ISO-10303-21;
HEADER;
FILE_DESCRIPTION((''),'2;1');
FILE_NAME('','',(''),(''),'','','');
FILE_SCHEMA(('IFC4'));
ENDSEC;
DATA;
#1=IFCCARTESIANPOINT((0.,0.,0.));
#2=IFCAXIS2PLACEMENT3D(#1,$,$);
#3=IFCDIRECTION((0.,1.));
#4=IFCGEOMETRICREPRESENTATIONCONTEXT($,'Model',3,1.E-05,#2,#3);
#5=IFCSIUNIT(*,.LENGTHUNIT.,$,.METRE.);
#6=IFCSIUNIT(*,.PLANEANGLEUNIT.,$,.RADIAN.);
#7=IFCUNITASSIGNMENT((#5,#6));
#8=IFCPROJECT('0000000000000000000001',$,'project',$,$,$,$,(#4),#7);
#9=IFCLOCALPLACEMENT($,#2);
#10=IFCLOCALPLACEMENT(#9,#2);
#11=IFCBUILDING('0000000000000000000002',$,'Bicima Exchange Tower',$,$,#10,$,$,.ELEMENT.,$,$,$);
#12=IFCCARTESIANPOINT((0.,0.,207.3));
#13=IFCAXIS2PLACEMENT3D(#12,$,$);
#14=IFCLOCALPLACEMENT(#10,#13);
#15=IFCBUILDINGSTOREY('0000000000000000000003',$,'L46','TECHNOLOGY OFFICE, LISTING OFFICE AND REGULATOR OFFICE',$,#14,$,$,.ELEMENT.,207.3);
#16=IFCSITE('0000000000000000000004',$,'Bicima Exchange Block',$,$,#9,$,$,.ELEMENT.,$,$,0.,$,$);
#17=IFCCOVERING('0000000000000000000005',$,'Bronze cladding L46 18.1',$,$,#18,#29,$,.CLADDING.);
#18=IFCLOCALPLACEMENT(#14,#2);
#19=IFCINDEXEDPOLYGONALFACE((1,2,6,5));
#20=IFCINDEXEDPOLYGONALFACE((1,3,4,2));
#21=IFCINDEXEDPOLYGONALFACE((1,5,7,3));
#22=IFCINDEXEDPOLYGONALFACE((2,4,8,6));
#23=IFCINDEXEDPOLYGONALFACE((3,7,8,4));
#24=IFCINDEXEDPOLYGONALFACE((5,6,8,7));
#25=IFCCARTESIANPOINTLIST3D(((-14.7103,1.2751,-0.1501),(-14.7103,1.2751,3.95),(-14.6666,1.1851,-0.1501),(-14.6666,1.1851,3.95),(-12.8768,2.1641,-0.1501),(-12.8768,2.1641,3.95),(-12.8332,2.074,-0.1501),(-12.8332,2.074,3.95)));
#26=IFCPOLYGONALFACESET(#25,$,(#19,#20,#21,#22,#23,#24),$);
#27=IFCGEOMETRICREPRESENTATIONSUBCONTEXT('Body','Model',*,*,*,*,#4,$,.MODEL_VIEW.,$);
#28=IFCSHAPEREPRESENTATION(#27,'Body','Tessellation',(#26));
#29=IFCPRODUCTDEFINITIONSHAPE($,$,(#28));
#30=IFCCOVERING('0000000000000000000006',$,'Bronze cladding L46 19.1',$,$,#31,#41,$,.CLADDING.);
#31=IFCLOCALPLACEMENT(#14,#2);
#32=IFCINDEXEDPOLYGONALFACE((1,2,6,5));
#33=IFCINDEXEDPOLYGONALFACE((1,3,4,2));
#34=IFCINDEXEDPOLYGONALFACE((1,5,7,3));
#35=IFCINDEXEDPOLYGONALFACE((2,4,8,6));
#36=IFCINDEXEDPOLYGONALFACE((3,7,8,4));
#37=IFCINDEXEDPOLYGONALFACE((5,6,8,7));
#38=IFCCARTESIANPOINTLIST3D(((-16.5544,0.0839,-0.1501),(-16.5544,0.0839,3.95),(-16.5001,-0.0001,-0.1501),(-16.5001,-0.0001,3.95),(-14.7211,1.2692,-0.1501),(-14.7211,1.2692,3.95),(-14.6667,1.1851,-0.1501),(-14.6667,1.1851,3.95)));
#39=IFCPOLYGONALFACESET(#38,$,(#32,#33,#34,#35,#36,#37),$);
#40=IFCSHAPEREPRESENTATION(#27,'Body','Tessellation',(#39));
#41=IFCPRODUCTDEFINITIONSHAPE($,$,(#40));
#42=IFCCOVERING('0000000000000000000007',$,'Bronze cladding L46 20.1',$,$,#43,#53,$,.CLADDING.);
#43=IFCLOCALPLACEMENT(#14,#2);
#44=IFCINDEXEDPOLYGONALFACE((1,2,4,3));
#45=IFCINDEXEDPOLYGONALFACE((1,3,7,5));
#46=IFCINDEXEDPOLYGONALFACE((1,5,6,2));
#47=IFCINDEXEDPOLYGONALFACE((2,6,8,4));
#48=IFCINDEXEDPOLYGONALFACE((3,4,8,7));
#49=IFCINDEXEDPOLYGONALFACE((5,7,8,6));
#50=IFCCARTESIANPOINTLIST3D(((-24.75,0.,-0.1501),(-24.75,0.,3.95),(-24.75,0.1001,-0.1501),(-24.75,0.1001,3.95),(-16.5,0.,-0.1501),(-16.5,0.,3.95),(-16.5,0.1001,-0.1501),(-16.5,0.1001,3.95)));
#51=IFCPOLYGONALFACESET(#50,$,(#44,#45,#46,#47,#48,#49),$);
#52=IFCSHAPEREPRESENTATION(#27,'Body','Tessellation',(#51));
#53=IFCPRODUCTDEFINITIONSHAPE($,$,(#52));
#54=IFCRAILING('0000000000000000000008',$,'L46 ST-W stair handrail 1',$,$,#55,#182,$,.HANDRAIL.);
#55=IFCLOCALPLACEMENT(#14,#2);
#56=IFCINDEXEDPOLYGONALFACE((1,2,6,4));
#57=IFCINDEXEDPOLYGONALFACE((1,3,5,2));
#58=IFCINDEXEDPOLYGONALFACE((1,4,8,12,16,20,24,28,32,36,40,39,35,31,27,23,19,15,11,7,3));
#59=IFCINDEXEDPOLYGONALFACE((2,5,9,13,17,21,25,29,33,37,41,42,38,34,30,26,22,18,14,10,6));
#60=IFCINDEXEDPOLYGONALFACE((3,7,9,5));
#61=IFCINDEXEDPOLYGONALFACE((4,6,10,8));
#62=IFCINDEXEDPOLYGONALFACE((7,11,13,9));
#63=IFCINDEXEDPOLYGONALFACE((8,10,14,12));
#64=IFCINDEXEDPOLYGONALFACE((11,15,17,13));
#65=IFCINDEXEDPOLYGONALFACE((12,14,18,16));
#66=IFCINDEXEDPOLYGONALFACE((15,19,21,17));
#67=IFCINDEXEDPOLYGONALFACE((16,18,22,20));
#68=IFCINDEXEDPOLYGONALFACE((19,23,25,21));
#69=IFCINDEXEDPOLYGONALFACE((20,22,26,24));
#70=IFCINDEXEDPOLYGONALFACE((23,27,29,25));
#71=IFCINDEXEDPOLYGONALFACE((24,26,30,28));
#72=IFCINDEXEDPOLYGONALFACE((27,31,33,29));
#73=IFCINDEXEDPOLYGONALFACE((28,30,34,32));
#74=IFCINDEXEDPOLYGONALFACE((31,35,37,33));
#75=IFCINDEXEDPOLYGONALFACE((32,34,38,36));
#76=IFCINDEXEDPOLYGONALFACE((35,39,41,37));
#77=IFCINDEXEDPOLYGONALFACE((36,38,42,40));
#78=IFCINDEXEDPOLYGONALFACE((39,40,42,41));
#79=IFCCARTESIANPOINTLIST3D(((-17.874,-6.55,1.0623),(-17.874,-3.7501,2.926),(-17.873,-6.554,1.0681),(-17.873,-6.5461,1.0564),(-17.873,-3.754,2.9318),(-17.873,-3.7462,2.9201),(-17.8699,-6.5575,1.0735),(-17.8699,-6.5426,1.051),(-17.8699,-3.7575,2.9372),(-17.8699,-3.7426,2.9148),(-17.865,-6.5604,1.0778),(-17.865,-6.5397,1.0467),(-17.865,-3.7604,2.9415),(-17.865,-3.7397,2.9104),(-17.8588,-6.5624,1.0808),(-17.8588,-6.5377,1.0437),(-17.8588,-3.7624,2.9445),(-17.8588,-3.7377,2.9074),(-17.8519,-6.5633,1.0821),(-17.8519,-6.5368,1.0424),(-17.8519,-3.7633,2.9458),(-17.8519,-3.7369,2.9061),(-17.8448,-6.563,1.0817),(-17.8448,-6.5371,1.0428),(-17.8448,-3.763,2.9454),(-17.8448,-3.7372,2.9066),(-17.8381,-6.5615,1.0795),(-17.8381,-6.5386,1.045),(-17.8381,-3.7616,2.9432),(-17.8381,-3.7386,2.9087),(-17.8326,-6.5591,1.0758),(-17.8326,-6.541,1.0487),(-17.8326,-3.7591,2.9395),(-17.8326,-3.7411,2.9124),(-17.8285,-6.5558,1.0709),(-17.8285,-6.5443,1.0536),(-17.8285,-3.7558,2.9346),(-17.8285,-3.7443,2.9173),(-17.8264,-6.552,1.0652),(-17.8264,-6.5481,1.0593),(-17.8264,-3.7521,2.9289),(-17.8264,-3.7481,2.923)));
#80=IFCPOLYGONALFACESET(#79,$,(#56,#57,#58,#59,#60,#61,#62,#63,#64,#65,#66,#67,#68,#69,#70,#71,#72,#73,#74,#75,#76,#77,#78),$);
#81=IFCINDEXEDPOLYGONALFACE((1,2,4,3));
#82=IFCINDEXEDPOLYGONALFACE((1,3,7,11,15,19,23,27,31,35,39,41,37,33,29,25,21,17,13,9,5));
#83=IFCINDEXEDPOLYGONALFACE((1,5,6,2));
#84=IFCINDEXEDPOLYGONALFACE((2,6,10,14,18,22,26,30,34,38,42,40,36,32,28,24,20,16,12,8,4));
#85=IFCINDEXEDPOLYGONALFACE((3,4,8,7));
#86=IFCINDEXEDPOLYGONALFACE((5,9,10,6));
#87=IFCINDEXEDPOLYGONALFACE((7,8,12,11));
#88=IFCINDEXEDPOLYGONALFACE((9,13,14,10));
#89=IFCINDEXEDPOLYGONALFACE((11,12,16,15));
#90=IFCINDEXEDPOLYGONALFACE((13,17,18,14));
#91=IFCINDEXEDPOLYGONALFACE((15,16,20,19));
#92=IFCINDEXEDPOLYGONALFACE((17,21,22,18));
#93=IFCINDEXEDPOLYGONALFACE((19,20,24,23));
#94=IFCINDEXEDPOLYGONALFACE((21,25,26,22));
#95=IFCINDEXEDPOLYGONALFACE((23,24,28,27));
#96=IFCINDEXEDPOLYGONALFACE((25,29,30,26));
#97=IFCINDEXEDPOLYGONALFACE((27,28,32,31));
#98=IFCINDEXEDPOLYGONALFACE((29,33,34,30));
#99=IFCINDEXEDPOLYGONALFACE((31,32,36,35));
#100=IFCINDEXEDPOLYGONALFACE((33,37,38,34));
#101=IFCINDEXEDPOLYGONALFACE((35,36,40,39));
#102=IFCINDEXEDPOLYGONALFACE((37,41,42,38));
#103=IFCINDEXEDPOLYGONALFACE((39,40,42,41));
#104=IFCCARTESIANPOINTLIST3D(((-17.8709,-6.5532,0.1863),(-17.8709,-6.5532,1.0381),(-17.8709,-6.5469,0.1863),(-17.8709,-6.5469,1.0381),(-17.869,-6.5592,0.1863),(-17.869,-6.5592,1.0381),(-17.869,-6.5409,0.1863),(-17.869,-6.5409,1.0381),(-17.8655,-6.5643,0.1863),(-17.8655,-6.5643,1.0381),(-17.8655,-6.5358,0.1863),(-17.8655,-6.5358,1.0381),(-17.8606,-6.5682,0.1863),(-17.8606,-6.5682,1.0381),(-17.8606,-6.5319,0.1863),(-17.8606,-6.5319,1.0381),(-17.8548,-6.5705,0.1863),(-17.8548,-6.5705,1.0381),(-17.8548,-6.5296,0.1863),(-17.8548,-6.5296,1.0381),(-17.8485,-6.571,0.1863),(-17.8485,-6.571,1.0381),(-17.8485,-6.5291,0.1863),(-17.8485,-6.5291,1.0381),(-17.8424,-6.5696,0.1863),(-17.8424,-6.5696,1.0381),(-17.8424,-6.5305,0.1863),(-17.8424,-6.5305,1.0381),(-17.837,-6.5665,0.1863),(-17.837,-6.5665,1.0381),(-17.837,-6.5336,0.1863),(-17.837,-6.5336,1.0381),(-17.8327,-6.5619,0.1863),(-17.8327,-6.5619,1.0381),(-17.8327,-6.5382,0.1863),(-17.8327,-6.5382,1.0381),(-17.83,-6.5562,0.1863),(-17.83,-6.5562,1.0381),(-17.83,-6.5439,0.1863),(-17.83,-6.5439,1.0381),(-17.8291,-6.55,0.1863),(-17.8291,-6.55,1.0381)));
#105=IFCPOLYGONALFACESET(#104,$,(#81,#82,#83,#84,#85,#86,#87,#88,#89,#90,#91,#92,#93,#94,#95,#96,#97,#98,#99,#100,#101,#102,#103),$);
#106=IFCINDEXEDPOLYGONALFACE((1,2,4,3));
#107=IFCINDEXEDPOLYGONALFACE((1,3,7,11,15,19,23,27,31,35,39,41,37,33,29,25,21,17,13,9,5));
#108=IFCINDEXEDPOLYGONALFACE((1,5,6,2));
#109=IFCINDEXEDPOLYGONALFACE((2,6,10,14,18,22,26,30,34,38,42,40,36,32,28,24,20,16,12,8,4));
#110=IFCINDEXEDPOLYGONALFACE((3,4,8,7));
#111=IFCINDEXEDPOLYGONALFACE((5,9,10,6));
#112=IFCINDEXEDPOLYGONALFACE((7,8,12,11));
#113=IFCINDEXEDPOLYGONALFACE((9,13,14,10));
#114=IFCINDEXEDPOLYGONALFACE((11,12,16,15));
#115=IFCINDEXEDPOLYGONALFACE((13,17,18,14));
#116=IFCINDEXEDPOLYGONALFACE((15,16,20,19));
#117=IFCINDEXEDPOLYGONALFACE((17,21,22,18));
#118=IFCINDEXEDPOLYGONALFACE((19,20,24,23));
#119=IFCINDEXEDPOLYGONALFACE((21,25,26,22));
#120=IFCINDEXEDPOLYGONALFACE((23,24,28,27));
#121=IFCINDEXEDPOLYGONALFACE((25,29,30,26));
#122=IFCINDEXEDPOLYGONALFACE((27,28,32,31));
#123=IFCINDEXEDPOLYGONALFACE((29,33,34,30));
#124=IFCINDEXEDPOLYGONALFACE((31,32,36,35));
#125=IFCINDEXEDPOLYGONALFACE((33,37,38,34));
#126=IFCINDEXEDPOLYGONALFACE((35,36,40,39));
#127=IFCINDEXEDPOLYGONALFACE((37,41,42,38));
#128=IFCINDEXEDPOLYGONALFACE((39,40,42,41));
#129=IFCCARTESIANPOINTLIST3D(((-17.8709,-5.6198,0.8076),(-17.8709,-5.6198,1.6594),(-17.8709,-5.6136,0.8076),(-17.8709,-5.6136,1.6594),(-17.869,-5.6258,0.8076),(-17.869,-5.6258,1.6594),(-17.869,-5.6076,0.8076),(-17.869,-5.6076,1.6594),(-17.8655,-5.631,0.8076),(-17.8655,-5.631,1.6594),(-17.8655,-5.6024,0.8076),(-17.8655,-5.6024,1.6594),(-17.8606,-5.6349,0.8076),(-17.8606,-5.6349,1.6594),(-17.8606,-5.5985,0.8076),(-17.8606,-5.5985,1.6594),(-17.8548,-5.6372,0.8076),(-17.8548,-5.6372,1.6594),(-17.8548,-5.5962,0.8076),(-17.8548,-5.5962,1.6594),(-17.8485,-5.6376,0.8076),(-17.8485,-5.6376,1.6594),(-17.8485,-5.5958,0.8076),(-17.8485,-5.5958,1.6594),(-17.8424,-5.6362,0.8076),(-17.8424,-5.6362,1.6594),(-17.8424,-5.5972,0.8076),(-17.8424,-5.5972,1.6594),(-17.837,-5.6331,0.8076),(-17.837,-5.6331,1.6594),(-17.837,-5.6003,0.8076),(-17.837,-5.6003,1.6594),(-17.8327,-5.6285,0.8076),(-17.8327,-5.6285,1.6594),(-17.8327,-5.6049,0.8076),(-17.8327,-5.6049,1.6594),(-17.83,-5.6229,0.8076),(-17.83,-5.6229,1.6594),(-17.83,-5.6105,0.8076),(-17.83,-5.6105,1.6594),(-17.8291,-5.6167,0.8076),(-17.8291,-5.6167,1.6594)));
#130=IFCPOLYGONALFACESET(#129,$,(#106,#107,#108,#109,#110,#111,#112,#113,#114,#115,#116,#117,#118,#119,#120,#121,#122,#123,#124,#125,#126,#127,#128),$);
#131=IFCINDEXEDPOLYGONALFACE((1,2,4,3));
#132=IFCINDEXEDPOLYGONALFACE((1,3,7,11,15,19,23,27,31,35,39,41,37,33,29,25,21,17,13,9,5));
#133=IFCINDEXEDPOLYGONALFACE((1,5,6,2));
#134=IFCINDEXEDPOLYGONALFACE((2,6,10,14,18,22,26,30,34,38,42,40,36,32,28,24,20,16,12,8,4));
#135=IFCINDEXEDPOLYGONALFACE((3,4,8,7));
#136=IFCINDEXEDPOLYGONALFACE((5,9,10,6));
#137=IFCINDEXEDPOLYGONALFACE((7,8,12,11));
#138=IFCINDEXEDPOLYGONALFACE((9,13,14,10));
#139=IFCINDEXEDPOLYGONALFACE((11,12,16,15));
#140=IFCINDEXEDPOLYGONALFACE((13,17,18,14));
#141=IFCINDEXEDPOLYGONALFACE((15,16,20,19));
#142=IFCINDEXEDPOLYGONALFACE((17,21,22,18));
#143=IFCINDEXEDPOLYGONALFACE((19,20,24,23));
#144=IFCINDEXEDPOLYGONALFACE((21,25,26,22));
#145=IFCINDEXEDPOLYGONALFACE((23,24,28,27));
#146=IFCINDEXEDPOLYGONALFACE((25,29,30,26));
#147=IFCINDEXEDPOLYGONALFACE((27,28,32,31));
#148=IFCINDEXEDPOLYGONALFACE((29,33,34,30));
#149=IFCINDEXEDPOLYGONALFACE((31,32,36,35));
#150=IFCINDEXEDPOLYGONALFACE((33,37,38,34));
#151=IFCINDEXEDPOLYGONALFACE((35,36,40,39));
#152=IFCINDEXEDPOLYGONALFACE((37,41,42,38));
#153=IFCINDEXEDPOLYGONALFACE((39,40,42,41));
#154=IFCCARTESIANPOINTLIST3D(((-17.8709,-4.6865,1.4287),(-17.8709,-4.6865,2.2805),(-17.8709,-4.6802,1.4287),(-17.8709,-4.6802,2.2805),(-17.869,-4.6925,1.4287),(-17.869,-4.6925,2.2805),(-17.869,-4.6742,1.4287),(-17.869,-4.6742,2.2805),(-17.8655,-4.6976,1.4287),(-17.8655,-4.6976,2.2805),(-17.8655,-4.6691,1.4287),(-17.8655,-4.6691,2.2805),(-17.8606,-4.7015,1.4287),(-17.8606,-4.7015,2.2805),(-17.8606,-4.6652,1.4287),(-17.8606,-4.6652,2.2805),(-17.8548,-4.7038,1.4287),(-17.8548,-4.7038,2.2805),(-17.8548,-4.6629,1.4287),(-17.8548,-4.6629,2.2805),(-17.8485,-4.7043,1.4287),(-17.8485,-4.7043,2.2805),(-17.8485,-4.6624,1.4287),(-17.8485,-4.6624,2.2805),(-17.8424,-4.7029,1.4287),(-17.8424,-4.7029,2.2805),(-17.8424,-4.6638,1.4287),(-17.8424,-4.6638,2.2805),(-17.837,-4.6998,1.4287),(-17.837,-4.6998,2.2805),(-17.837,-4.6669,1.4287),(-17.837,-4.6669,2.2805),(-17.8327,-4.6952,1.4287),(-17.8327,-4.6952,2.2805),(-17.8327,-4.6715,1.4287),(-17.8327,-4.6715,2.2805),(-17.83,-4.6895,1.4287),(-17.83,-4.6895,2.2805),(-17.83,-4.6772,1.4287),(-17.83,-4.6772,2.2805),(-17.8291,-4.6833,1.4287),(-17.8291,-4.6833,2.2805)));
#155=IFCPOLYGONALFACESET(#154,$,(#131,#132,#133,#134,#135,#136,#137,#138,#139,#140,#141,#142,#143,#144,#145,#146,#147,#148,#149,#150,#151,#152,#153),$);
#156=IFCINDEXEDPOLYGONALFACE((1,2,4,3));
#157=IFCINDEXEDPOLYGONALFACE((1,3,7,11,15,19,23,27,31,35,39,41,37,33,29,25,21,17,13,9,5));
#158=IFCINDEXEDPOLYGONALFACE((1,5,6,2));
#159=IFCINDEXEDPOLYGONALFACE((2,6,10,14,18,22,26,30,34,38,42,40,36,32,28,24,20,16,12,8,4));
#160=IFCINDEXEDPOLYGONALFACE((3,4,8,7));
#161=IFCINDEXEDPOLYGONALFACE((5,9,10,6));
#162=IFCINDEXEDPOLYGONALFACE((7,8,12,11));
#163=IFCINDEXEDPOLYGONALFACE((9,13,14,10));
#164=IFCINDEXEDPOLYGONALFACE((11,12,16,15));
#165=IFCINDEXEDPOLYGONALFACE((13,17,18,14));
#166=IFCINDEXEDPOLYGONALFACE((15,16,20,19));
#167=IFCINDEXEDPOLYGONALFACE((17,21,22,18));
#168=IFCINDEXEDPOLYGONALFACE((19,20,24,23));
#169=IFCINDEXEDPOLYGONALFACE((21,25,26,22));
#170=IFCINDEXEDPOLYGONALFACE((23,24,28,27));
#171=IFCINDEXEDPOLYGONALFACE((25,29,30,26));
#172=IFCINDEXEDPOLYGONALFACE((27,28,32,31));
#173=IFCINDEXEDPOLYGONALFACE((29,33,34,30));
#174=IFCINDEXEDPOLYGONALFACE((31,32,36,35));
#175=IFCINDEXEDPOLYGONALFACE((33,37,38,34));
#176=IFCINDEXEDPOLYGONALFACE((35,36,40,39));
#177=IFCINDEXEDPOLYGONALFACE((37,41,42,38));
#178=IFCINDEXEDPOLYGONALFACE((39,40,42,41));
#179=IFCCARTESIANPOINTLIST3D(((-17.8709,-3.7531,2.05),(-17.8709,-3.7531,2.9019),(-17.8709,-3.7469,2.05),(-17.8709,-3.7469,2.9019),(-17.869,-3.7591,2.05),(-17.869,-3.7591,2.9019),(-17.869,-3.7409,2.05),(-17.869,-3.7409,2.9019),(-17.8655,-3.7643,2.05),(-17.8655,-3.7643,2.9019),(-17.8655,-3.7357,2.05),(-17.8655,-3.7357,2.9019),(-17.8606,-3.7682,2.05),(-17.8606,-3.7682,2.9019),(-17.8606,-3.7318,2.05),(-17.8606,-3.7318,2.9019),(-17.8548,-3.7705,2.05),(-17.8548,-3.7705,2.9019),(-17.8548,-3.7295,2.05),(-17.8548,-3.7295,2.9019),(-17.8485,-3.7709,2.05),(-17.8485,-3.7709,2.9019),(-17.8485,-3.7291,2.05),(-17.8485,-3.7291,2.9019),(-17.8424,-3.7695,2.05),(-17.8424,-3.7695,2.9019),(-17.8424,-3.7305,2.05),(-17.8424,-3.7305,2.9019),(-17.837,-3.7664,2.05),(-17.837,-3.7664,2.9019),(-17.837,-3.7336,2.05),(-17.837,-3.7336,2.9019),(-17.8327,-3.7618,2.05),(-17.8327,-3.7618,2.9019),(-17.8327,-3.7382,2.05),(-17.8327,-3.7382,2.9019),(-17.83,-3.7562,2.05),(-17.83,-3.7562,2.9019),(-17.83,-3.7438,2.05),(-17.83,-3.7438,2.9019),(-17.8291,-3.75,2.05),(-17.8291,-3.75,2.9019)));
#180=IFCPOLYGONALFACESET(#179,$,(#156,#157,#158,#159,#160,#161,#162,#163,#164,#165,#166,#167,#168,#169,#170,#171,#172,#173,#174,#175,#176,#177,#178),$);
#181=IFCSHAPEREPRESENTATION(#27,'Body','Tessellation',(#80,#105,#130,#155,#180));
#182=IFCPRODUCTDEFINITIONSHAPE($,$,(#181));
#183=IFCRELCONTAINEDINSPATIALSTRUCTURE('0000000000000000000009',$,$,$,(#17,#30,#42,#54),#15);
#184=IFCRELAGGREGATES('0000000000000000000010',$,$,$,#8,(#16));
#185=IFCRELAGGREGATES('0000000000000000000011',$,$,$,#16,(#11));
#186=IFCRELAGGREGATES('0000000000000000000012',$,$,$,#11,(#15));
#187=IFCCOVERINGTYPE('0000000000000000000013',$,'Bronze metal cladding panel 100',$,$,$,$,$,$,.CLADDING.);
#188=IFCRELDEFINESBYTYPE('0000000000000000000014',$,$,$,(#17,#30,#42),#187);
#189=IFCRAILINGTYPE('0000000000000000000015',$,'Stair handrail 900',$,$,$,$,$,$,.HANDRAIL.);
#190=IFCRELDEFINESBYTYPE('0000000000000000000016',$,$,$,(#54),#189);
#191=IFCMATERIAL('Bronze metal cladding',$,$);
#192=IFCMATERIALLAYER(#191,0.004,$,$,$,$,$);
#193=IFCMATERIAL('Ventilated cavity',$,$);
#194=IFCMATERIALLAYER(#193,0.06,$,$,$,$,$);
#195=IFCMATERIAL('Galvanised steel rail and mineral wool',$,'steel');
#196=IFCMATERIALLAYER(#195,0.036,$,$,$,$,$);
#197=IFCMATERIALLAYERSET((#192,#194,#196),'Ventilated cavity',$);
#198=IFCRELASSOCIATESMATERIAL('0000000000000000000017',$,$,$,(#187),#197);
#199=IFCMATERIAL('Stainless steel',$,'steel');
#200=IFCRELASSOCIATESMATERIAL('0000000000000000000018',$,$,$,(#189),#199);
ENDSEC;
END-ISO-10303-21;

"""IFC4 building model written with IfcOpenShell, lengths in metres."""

from ifc_helpers import new_model, si_unit, direction, frame, origin, origin_2d, place, context, subcontext, project, spatial, rectangle, circle, extrude, material, layer, layer_set, type_object, element, save


model = new_model("IFC4")

# Units and contexts
model_context = context("Model", 3, precision=1e-05, world=origin(), true_north=direction((0.0, 1.0)))
body_context = subcontext(model_context, "Body", "Model", "MODEL_VIEW")
ifc_project = project(units=[si_unit("LENGTHUNIT", "METRE"), si_unit("PLANEANGLEUNIT", "RADIAN")], contexts=[model_context])

# Site, building, storey
site_placement = place(None, origin())
site = spatial("IfcSite", under=ifc_project, at=site_placement, Name="Bicima Exchange Block", CompositionType="ELEMENT", RefElevation=0.0)
building_placement = place(site_placement, origin())
building = spatial("IfcBuilding", under=site, at=building_placement, Name="Bicima Exchange Tower", CompositionType="ELEMENT")
storey_placement = place(building_placement, frame((0.0, 0.0, 207.3)))
storey = spatial("IfcBuildingStorey", under=building, at=storey_placement, Name="L46", Description="TECHNOLOGY OFFICE, LISTING OFFICE AND REGULATOR OFFICE", CompositionType="ELEMENT", Elevation=207.3)

# Shared definitions
ifc_material_1 = material(Name="Stainless steel", Category="steel")

# Coverings
ifc_material_2 = material(Name="Bronze metal cladding")
ifc_layer_1 = layer(ifc_material_2, 0.004)
ifc_material_3 = material(Name="Ventilated cavity")
ifc_layer_2 = layer(ifc_material_3, 0.06)
ifc_material_4 = material(Name="Galvanised steel rail and mineral wool", Category="steel")
ifc_layer_3 = layer(ifc_material_4, 0.036)
ifc_layer_set_1 = layer_set([ifc_layer_1, ifc_layer_2, ifc_layer_3], Name="Ventilated cavity")
covering_type = type_object("IfcCoveringType", Name="Bronze metal cladding panel 100", PredefinedType="CLADDING", material=ifc_layer_set_1)
covering_1_placement = place(storey_placement, frame((-13.7717, 1.6746, -0.1501), z_axis=(0.0, 0.0, 1.0), x_axis=(-0.899818, -0.436265, 0.0)))
element("IfcCovering", 1, at=covering_1_placement, inside=storey, type_object=covering_type, Name="Bronze cladding L46 18.1", PredefinedType="CLADDING", context=body_context, shape_type="SweptSolid", body=[
    extrude(rectangle(XDim=2.0376, YDim=0.1001, at=origin_2d()), origin(), (0.0, 0.0, 1.0), 4.1001),
])
covering_2_placement = place(storey_placement, frame((-15.6106, 0.6345, -0.1501), z_axis=(0.0, 0.0, 1.0), x_axis=(-0.83979, -0.542911, 0.0)))
element("IfcCovering", 2, at=covering_2_placement, inside=storey, type_object=covering_type, Name="Bronze cladding L46 19.1", PredefinedType="CLADDING", context=body_context, shape_type="SweptSolid", body=[
    extrude(rectangle(XDim=2.1831, YDim=0.1001, at=origin_2d()), origin(), (0.0, 0.0, 1.0), 4.1001),
])
covering_3_placement = place(storey_placement, frame((-20.625, 0.05, -0.1501), z_axis=(0.0, 0.0, 1.0), x_axis=(-1.0, 0.0, 0.0)))
element("IfcCovering", 3, at=covering_3_placement, inside=storey, type_object=covering_type, Name="Bronze cladding L46 20.1", PredefinedType="CLADDING", context=body_context, shape_type="SweptSolid", body=[
    extrude(rectangle(XDim=8.25, YDim=0.1001, at=origin_2d()), origin(), (0.0, 0.0, 1.0), 4.1001),
])

# Railing
railing_type_1 = type_object("IfcRailingType", Name="Stair handrail 900", PredefinedType="HANDRAIL", material=ifc_material_1)
railing_1_placement = place(storey_placement, frame((-17.8501, -6.55, 0.1863)))
element("IfcRailing", 4, at=railing_1_placement, inside=storey, type_object=railing_type_1, Name="L46 ST-W stair handrail 1", PredefinedType="HANDRAIL", context=body_context, shape_type="SweptSolid", body=[
    extrude(circle(Radius=0.0239, at=origin_2d()), frame((0.0, 0.0, 0.876), z_axis=(0.0, 0.832452, 0.554097), x_axis=(-1.0, 0.0, 0.0)), (0.0, 0.0, 1.0), 3.3635),
    extrude(circle(Radius=0.021, at=origin_2d()), origin(), (0.0, 0.0, 1.0), 0.8518),
    extrude(circle(Radius=0.021, at=origin_2d()), frame((0.0, 0.9333, 0.6213)), (0.0, 0.0, 1.0), 0.8518),
    extrude(circle(Radius=0.021, at=origin_2d()), frame((0.0, 1.8667, 1.2424)), (0.0, 0.0, 1.0), 0.8518),
    extrude(circle(Radius=0.021, at=origin_2d()), frame((0.0, 2.8, 1.8638)), (0.0, 0.0, 1.0), 0.8518),
])

save(model, "model.ifc")
